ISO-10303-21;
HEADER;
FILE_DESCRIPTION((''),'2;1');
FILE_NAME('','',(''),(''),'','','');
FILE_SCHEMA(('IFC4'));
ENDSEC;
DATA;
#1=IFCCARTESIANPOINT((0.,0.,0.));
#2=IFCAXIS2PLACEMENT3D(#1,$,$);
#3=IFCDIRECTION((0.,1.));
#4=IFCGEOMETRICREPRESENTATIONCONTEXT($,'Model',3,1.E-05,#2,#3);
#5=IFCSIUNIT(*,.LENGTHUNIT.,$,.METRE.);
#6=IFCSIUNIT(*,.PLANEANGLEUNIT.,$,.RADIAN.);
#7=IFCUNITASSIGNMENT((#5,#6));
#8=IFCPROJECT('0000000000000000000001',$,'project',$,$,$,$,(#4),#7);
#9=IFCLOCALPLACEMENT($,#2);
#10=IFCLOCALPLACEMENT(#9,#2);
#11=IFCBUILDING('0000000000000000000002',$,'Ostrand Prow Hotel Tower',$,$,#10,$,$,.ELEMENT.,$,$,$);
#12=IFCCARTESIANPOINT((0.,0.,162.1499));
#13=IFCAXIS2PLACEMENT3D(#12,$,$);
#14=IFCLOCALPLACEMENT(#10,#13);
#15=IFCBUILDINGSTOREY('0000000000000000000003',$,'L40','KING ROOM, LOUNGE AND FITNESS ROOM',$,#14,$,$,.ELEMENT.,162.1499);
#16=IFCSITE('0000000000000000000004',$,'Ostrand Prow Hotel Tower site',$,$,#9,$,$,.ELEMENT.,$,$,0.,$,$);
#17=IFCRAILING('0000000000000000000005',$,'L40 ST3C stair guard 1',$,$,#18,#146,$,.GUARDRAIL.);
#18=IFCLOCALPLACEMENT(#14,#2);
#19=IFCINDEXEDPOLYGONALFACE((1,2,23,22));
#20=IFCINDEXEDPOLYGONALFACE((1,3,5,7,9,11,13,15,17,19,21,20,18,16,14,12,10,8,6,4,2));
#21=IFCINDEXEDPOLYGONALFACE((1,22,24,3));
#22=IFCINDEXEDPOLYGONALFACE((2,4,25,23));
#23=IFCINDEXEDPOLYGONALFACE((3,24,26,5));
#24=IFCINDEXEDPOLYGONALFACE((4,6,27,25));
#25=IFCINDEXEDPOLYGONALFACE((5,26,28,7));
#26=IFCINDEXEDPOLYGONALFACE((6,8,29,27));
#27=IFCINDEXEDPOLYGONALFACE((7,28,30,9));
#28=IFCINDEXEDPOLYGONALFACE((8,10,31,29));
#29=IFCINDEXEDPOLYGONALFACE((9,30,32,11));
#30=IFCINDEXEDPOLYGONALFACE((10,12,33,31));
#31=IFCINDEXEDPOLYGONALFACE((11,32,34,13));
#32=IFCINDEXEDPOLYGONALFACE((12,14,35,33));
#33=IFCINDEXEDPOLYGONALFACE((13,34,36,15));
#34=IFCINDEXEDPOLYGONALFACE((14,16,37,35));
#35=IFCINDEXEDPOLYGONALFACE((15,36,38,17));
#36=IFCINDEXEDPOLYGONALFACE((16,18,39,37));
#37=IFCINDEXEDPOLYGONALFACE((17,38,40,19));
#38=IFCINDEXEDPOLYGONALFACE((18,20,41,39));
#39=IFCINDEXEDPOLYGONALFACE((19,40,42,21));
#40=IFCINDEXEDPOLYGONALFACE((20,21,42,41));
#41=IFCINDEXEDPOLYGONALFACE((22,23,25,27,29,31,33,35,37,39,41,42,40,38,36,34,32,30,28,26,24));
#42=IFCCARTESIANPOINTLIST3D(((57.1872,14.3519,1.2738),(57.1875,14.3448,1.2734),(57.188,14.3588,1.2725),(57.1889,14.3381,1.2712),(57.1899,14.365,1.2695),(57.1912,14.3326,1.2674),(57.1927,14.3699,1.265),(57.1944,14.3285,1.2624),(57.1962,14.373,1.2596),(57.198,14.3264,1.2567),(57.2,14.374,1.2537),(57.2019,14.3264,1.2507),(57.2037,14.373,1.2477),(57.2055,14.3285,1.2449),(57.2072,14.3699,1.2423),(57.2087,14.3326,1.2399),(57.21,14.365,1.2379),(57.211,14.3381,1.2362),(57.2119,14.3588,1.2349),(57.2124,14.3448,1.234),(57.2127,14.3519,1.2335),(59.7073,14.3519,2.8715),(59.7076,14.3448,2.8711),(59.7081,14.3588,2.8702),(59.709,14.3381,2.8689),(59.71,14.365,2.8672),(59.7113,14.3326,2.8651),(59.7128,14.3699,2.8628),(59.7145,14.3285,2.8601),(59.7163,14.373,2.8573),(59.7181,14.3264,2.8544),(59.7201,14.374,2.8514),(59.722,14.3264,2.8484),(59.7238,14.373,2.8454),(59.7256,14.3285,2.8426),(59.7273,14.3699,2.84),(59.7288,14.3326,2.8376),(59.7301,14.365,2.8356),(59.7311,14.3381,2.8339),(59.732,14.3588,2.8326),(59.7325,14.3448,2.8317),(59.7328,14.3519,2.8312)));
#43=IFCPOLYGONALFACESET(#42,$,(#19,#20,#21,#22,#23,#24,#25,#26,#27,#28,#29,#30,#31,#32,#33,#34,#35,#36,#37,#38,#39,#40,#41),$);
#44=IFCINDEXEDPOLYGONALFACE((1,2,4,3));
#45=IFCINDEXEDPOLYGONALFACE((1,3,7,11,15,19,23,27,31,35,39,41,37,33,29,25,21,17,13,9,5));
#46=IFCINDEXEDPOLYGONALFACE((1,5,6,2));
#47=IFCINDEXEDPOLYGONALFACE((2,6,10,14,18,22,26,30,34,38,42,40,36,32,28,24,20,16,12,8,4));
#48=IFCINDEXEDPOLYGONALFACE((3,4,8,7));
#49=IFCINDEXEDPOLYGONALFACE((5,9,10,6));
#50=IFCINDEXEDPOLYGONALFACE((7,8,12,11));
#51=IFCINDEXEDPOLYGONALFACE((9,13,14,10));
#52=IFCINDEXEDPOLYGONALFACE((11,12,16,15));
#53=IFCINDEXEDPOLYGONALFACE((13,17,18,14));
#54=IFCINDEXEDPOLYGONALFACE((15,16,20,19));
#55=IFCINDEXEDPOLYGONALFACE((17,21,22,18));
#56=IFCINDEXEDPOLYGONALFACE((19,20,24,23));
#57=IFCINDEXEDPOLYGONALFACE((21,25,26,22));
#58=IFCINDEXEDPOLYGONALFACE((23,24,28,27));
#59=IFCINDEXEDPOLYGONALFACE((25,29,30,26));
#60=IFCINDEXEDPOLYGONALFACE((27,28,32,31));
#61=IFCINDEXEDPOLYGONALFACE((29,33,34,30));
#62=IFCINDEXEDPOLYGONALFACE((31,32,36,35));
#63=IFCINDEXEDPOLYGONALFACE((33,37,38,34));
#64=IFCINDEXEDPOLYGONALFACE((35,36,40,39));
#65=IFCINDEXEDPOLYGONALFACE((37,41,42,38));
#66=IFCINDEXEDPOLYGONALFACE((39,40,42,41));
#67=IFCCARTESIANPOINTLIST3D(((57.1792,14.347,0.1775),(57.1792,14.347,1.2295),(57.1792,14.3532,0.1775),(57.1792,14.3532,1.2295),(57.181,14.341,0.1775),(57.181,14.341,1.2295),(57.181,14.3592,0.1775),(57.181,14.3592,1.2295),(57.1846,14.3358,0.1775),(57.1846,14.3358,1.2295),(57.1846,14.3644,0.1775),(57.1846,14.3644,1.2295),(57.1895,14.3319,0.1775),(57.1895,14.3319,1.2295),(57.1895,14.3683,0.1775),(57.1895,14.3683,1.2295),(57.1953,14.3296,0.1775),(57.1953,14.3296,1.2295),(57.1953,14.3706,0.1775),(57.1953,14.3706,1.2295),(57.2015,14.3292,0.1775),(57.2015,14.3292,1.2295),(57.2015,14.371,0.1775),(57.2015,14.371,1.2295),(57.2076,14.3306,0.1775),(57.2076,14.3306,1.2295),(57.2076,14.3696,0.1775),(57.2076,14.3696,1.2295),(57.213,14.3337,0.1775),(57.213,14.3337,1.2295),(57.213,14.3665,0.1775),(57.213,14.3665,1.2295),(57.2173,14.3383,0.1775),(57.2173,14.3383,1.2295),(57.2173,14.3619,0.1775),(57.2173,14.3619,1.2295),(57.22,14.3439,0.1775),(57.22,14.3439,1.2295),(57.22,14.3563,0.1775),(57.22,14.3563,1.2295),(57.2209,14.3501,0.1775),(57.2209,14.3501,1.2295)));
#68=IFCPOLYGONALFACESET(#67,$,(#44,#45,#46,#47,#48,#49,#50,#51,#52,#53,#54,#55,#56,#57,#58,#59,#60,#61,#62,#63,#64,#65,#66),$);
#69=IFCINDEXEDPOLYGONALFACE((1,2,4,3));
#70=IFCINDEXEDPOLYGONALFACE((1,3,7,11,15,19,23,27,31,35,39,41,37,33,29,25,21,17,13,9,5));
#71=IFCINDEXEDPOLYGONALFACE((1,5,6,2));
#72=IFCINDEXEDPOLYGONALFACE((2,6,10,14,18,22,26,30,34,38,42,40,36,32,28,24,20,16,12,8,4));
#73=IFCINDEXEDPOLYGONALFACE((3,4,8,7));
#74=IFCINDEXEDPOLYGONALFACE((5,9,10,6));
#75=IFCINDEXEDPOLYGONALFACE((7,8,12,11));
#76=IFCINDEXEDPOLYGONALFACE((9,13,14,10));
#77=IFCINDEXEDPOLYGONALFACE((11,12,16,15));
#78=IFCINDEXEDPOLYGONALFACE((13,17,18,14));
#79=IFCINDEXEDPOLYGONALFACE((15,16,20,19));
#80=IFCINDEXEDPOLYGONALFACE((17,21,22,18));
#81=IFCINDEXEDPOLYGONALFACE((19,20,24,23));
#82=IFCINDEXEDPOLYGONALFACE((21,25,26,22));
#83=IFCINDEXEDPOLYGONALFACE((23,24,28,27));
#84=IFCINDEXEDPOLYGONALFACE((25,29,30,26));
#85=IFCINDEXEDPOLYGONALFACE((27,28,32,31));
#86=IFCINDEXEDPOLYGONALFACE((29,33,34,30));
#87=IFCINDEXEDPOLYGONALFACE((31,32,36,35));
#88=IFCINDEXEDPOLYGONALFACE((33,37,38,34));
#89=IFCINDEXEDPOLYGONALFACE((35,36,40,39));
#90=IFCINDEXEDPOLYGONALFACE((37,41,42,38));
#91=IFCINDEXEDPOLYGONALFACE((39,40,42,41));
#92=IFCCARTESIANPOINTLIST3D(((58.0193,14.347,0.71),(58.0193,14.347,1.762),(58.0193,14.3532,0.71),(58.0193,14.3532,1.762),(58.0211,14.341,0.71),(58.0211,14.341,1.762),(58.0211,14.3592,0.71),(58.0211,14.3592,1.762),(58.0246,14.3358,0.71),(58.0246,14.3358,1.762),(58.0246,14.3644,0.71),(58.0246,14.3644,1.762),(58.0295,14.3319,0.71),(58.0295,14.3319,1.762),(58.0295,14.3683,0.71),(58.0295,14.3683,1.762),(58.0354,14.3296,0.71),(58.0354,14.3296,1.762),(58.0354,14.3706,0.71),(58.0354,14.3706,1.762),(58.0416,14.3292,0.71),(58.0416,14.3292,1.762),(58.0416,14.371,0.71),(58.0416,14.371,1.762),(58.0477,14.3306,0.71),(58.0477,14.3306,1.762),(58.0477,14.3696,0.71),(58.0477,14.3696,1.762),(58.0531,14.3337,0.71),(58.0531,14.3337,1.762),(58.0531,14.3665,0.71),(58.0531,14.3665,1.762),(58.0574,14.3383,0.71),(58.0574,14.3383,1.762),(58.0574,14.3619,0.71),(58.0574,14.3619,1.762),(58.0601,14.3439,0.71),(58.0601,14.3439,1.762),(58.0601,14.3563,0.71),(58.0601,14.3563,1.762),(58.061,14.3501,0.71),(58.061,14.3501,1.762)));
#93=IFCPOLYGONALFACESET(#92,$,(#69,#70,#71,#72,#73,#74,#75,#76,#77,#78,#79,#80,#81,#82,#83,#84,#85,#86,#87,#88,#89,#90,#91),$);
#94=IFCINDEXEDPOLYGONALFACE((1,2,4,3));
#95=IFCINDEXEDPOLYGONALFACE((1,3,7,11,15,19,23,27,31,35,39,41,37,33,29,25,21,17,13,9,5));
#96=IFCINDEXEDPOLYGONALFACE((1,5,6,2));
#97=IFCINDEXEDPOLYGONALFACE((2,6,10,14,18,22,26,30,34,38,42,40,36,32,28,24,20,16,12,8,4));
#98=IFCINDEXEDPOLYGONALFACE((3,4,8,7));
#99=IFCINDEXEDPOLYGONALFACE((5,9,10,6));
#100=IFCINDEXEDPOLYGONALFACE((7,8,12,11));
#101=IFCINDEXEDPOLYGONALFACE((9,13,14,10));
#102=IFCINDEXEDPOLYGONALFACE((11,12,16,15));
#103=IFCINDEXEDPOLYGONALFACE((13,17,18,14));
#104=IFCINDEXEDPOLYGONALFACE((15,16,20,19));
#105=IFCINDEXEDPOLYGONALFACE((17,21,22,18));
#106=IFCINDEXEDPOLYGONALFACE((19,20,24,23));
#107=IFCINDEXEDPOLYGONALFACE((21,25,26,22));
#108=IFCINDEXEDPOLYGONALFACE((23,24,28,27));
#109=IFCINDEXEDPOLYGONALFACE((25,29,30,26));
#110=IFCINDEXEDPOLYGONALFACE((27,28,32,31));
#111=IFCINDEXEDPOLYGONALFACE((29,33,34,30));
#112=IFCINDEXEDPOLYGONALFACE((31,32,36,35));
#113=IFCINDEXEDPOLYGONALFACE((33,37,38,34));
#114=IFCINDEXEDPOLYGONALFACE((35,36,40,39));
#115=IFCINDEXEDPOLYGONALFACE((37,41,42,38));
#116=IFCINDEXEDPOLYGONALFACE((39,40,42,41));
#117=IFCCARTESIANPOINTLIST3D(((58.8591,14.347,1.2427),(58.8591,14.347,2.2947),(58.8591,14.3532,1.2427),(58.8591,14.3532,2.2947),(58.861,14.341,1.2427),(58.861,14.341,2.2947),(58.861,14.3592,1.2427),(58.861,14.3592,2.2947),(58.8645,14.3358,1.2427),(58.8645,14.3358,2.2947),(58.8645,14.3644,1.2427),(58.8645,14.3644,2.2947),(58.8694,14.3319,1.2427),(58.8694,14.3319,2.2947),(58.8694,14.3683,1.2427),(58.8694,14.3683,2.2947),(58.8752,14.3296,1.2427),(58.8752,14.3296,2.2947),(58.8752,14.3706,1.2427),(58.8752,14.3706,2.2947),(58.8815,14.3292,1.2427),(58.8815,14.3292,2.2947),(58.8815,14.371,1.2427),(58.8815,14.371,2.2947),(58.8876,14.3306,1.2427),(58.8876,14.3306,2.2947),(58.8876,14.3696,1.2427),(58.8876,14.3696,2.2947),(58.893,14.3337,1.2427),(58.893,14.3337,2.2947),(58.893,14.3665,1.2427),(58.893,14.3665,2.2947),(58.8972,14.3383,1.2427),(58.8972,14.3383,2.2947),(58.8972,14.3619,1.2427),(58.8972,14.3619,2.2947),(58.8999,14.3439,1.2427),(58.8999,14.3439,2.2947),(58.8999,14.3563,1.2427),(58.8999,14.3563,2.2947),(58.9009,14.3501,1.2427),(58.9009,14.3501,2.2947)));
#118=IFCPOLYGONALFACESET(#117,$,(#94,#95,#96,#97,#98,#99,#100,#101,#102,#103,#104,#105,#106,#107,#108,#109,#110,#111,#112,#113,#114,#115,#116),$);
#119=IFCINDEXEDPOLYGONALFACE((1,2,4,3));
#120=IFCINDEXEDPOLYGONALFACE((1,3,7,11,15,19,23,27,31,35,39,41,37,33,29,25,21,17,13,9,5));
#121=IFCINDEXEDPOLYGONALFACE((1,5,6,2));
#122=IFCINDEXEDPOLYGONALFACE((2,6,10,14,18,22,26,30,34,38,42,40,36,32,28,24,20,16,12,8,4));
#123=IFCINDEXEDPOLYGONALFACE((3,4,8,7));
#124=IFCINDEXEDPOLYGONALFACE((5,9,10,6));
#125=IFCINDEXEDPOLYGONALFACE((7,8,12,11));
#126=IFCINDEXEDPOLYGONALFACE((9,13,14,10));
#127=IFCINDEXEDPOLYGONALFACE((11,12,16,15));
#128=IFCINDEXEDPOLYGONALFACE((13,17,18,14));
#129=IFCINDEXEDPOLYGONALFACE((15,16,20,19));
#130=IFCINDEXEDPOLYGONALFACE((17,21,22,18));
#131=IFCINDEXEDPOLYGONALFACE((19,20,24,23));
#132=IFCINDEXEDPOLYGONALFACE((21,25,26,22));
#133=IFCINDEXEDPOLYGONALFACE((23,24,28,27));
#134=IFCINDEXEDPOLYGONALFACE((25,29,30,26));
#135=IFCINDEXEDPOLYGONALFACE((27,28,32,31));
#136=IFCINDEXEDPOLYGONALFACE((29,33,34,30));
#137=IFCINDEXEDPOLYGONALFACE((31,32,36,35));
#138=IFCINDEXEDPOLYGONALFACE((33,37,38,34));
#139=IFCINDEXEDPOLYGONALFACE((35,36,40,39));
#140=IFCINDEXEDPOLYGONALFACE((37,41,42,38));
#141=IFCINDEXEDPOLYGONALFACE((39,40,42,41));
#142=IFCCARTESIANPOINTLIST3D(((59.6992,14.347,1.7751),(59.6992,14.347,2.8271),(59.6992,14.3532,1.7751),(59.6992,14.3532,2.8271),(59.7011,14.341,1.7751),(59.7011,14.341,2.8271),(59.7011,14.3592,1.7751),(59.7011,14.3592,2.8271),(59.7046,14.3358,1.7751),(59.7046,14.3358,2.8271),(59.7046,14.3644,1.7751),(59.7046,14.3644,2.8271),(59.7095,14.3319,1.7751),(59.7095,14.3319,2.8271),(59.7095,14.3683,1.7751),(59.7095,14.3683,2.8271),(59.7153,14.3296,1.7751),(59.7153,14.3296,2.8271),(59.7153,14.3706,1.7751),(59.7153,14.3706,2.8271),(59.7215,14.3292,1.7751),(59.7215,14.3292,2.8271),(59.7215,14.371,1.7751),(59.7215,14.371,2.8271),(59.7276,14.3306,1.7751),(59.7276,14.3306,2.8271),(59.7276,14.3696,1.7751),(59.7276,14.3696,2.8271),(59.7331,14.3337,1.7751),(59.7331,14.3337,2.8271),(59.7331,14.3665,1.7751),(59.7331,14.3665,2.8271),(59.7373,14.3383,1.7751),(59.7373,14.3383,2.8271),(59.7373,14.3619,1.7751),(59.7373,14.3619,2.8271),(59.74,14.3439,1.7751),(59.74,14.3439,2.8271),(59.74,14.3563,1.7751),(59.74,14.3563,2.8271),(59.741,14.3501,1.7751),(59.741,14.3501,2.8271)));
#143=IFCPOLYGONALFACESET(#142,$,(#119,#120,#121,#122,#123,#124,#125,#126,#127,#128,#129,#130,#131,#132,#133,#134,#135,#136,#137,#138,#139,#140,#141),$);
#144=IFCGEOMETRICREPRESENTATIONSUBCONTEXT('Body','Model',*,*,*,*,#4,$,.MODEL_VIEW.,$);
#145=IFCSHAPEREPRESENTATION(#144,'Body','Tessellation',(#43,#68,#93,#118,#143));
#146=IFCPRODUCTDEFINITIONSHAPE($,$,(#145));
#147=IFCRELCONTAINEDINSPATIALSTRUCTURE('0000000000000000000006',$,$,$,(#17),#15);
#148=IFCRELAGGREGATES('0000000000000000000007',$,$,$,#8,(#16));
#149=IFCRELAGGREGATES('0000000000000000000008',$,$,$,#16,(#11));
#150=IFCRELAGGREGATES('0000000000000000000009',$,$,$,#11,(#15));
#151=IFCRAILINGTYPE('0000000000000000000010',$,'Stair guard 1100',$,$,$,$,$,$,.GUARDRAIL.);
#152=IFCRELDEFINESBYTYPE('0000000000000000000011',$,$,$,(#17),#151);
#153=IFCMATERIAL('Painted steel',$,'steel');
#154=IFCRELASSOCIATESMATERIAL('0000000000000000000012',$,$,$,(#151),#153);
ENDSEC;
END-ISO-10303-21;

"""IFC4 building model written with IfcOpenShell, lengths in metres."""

from ifc_helpers import new_model, si_unit, direction, frame, origin, origin_2d, place, context, subcontext, project, spatial, circle, extrude, material, type_object, element, save


model = new_model("IFC4")

# Units and contexts
model_context = context("Model", 3, precision=1e-05, world=origin(), true_north=direction((0.0, 1.0)))
body_context = subcontext(model_context, "Body", "Model", "MODEL_VIEW")
ifc_project = project(units=[si_unit("LENGTHUNIT", "METRE"), si_unit("PLANEANGLEUNIT", "RADIAN")], contexts=[model_context])

# Site, building, storey
site_placement = place(None, origin())
site = spatial("IfcSite", under=ifc_project, at=site_placement, Name="Ostrand Prow Hotel Tower site", CompositionType="ELEMENT", RefElevation=0.0)
building_placement = place(site_placement, origin())
building = spatial("IfcBuilding", under=site, at=building_placement, Name="Ostrand Prow Hotel Tower", CompositionType="ELEMENT")
storey_placement = place(building_placement, frame((0.0, 0.0, 162.1499)))
storey = spatial("IfcBuildingStorey", under=building, at=storey_placement, Name="L40", Description="KING ROOM, LOUNGE AND FITNESS ROOM", CompositionType="ELEMENT", Elevation=162.1499)

# Railing
ifc_material_1 = material(Name="Painted steel", Category="steel")
railing_type_1 = type_object("IfcRailingType", Name="Stair guard 1100", PredefinedType="GUARDRAIL", material=ifc_material_1)
railing_1_placement = place(storey_placement, frame((57.2, 14.3501, 0.1775)))
element("IfcRailing", 1, at=railing_1_placement, inside=storey, type_object=railing_type_1, Name="L40 ST3C stair guard 1", PredefinedType="GUARDRAIL", context=body_context, shape_type="SweptSolid", body=[
    extrude(circle(Radius=0.0239, at=origin_2d()), frame((0.0, 0.0, 1.0762), z_axis=(0.84457, 0.0, 0.535445), x_axis=(0.0, 1.0, 0.0)), (0.0, 0.0, 1.0), 2.9839),
    extrude(circle(Radius=0.021, at=origin_2d()), origin(), (0.0, 0.0, 1.0), 1.052),
    extrude(circle(Radius=0.021, at=origin_2d()), frame((0.8401, 0.0, 0.5325)), (0.0, 0.0, 1.0), 1.052),
    extrude(circle(Radius=0.021, at=origin_2d()), frame((1.6799, 0.0, 1.0652)), (0.0, 0.0, 1.0), 1.052),
    extrude(circle(Radius=0.021, at=origin_2d()), frame((2.52, 0.0, 1.5977)), (0.0, 0.0, 1.0), 1.052),
])

save(model, "model.ifc")
